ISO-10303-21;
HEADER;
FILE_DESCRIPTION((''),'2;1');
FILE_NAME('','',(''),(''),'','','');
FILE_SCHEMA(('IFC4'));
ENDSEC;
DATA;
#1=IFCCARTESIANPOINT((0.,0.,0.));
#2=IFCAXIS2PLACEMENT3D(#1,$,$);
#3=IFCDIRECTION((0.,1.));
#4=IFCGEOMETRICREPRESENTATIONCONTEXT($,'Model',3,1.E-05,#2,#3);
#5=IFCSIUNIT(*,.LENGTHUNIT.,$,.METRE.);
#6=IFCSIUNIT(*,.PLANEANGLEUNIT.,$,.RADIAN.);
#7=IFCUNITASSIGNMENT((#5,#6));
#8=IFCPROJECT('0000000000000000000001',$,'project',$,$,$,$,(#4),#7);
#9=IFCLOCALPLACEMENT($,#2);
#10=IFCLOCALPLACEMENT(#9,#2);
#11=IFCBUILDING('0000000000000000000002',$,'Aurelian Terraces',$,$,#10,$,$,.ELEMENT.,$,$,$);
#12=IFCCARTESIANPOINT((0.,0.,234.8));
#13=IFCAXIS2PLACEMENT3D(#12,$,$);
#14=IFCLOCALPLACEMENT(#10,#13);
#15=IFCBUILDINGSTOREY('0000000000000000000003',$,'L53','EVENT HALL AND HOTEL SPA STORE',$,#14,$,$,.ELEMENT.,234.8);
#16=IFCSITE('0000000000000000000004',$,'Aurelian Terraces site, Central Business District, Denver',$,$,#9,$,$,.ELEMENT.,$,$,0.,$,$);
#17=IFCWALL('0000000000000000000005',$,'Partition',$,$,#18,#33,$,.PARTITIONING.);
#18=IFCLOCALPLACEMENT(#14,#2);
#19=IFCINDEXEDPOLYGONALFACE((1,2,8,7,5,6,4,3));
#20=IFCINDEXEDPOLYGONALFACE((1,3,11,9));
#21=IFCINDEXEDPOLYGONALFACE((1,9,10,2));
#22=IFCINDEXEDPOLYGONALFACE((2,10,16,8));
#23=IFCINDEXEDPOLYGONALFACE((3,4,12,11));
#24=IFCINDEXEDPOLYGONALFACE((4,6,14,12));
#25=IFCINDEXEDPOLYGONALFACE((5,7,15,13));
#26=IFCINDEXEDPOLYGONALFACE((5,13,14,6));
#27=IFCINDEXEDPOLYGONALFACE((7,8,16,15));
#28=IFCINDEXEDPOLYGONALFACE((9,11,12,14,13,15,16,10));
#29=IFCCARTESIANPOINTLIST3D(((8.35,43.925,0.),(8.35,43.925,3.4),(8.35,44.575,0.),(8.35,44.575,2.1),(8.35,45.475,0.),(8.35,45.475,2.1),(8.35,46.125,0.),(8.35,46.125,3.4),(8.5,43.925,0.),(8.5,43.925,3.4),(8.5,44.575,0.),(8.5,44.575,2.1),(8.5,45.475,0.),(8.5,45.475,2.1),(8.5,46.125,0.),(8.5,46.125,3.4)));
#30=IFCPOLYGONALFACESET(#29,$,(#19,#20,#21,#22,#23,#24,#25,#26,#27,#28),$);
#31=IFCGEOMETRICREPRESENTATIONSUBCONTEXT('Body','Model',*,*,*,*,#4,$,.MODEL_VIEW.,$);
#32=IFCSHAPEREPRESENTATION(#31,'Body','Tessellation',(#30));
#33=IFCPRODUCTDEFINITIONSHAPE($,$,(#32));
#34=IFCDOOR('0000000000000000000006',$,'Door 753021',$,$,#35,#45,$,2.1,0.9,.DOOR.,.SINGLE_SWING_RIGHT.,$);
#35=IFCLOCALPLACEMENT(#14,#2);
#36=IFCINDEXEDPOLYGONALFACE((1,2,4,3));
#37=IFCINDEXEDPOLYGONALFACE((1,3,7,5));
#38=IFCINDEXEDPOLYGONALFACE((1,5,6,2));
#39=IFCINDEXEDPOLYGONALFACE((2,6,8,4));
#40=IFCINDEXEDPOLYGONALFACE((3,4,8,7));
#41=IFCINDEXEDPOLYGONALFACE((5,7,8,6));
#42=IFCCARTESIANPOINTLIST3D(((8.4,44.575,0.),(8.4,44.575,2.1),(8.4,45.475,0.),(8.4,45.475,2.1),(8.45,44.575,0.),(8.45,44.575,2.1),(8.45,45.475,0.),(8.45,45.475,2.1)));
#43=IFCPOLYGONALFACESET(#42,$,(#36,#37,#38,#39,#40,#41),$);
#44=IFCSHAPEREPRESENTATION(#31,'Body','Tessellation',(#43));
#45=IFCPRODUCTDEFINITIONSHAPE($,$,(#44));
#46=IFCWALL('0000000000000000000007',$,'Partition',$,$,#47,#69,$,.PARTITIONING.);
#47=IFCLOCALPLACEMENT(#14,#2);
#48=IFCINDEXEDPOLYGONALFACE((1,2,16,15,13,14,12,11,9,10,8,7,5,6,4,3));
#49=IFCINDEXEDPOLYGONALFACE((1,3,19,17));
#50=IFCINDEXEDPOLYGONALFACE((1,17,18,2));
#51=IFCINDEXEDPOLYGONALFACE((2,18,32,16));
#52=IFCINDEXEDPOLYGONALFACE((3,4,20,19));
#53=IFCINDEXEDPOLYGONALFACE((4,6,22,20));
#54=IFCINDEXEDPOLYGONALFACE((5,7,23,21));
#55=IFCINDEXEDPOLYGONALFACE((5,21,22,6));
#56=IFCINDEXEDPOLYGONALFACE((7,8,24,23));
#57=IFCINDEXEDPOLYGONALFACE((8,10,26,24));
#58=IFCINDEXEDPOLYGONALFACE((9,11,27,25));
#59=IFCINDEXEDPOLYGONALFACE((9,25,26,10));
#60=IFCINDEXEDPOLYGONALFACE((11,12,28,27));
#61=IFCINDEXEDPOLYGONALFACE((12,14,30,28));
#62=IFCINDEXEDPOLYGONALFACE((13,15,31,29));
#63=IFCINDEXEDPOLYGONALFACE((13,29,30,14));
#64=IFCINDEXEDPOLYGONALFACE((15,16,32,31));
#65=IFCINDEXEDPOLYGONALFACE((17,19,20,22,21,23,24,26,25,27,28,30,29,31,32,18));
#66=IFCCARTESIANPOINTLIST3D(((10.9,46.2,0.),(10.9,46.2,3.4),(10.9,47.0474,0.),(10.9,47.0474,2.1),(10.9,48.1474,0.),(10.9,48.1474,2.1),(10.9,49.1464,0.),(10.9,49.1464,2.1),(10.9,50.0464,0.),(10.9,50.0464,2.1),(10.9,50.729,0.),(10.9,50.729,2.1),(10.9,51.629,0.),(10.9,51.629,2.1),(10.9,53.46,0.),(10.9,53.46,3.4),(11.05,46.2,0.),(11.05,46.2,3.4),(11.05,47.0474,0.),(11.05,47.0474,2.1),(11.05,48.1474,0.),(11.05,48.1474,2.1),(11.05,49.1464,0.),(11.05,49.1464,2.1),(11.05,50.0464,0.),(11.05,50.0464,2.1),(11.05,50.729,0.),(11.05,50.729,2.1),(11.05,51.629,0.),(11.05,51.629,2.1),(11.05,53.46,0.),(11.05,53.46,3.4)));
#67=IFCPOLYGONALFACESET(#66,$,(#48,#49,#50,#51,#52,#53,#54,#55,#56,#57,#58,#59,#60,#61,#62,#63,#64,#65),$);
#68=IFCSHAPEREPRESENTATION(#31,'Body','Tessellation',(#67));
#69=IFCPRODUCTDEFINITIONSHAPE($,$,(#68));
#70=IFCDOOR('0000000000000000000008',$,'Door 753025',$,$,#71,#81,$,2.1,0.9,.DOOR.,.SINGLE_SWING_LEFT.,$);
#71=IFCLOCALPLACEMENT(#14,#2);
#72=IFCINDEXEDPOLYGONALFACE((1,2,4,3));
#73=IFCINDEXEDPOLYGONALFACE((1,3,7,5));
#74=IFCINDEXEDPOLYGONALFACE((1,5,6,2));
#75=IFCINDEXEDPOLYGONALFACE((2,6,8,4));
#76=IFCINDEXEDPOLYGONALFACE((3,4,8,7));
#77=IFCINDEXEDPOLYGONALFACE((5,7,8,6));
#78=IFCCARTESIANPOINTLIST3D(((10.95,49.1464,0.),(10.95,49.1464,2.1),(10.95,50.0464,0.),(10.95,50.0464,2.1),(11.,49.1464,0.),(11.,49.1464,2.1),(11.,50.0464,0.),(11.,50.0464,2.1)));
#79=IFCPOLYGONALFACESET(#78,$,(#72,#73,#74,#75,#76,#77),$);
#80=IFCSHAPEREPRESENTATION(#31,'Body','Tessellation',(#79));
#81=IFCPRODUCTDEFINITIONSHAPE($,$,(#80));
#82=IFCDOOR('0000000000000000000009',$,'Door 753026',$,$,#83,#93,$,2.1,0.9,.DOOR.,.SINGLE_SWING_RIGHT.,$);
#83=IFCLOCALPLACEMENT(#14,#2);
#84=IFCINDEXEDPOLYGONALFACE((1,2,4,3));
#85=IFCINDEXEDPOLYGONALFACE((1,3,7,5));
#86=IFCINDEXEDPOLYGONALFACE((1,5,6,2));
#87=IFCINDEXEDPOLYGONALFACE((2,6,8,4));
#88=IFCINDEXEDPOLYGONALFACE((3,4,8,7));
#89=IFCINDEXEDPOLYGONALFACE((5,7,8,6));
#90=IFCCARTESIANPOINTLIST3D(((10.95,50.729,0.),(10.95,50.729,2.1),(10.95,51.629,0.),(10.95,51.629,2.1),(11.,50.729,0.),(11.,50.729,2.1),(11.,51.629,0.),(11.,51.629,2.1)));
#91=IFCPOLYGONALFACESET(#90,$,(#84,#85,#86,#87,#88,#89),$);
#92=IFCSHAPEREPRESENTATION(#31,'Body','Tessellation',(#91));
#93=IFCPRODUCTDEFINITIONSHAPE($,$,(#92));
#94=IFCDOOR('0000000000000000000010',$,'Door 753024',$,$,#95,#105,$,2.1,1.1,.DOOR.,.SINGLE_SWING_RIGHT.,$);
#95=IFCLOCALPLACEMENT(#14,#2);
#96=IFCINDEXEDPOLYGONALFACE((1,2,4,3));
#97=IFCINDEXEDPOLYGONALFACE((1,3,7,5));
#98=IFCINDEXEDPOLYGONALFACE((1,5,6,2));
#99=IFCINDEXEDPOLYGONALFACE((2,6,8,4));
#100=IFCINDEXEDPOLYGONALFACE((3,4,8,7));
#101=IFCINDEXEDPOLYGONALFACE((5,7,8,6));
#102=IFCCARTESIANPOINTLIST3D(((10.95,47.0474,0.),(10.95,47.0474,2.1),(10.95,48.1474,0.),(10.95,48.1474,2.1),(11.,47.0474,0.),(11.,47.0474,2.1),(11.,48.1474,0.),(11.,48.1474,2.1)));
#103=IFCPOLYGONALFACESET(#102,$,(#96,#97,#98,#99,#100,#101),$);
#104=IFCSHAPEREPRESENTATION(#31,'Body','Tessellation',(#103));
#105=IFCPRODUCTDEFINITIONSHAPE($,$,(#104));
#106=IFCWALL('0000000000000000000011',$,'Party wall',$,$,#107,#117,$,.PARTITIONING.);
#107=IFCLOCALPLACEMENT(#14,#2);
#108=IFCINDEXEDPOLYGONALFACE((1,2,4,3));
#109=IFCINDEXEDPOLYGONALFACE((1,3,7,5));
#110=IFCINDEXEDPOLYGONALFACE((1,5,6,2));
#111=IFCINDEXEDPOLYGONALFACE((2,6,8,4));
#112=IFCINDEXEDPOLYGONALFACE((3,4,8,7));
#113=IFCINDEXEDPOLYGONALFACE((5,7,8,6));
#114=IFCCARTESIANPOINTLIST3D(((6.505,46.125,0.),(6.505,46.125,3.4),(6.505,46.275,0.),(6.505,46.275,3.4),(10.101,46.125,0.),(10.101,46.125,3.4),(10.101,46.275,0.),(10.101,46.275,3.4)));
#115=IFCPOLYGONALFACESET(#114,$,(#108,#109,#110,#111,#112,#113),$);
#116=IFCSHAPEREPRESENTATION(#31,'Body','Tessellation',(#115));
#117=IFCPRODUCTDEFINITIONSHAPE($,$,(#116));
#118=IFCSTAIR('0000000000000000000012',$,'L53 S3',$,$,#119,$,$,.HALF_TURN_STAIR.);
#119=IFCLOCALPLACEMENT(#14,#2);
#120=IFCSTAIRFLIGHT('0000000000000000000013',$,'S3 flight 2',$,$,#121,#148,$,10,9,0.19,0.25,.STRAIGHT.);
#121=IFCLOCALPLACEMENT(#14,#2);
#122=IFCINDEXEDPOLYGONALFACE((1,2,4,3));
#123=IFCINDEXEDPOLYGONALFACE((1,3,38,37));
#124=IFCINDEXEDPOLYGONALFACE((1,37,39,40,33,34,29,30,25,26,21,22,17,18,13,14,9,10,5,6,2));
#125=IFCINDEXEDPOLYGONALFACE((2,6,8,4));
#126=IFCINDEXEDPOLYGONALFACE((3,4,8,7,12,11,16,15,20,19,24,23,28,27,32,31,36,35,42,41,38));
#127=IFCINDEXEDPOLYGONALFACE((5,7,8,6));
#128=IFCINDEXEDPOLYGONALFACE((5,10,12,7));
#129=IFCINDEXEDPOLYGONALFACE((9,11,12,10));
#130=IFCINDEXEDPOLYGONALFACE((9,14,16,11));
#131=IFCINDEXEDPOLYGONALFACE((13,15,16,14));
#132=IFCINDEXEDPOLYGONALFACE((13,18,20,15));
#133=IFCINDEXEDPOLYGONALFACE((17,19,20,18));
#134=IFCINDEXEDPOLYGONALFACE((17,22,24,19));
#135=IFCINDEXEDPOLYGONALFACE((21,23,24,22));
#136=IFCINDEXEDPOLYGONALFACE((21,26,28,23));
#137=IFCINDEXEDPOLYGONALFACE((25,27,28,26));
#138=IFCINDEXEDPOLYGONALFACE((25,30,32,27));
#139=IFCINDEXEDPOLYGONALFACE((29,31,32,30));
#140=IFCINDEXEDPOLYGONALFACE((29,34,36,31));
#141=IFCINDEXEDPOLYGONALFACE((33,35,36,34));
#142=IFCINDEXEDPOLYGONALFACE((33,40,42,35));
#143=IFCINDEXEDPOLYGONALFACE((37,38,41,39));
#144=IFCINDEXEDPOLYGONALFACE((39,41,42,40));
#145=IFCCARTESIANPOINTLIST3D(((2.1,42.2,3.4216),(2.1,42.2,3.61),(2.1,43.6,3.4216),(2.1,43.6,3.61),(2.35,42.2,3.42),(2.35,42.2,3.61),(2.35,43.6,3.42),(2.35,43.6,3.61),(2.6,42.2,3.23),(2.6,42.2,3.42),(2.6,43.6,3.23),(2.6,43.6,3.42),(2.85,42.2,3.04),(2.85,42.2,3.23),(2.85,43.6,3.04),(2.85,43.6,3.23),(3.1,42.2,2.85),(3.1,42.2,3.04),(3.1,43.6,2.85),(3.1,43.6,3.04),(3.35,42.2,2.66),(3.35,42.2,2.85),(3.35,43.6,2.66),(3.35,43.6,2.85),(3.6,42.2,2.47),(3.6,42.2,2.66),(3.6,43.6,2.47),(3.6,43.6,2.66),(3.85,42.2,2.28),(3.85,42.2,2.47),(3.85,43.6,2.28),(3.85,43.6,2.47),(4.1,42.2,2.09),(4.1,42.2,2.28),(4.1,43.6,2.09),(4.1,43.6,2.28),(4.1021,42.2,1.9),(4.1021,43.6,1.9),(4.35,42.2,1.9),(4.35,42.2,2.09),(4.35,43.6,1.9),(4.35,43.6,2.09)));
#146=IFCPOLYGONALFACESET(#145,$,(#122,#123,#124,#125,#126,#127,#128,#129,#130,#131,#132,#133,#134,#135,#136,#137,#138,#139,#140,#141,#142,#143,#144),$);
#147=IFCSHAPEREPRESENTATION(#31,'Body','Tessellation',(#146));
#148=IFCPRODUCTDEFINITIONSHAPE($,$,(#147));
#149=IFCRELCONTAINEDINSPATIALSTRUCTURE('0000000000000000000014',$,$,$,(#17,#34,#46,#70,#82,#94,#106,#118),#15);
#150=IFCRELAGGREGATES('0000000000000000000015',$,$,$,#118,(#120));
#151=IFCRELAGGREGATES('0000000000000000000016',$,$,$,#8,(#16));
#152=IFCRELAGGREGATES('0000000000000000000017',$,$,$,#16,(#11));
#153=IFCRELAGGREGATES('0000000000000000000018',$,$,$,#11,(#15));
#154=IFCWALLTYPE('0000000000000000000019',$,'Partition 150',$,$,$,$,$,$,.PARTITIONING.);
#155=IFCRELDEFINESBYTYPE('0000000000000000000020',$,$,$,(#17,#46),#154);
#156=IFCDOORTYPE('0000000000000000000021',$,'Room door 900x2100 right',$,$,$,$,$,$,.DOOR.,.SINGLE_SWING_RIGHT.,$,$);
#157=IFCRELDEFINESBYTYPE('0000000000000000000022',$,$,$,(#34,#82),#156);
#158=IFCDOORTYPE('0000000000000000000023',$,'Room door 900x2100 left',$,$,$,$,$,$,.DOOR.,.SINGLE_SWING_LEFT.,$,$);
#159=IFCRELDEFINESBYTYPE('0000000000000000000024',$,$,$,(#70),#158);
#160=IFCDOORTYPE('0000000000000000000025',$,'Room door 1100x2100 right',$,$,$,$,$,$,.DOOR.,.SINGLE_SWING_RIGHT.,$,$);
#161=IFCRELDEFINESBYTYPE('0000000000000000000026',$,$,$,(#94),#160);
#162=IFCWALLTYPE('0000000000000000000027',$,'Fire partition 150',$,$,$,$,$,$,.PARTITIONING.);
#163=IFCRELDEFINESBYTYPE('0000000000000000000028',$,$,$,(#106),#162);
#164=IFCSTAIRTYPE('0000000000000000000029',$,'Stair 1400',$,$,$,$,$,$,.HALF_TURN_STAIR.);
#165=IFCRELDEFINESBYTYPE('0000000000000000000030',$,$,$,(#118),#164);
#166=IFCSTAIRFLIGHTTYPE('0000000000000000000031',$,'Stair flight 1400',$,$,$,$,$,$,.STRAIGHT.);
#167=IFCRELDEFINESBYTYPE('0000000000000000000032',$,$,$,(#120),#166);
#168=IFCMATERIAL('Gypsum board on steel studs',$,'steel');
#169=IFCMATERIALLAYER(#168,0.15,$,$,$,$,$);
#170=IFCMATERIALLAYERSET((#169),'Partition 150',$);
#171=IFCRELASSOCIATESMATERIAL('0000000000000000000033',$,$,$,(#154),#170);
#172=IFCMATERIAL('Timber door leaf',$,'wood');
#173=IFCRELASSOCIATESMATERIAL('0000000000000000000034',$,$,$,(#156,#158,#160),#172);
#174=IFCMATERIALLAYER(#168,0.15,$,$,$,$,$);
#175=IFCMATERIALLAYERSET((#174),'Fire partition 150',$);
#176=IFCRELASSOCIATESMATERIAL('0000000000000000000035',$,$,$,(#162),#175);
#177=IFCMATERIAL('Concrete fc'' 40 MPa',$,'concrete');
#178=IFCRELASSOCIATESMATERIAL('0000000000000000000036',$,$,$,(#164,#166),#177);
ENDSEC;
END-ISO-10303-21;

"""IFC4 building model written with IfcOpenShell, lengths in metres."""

from ifc_helpers import new_model, si_unit, direction, frame, frame_2d, origin, place, context, subcontext, project, spatial, polyline, rectangle, outline, extrude, source, transform, mapped, material, layer, layer_set, type_object, element, fill, aggregate, save


model = new_model("IFC4")

# Units and contexts
model_context = context("Model", 3, precision=1e-05, world=origin(), true_north=direction((0.0, 1.0)))
body_context = subcontext(model_context, "Body", "Model", "MODEL_VIEW")
ifc_project = project(units=[si_unit("LENGTHUNIT", "METRE"), si_unit("PLANEANGLEUNIT", "RADIAN")], contexts=[model_context])

# Site, building, storey
site_placement = place(None, origin())
site = spatial("IfcSite", under=ifc_project, at=site_placement, Name="Aurelian Terraces site, Central Business District, Denver", CompositionType="ELEMENT", RefElevation=0.0)
building_placement = place(site_placement, origin())
building = spatial("IfcBuilding", under=site, at=building_placement, Name="Aurelian Terraces", CompositionType="ELEMENT")
storey_placement = place(building_placement, frame((0.0, 0.0, 234.8)))
storey = spatial("IfcBuildingStorey", under=building, at=storey_placement, Name="L53", Description="EVENT HALL AND HOTEL SPA STORE", CompositionType="ELEMENT", Elevation=234.8)

# Shared definitions
ifc_material_1 = material(Name="Concrete fc' 40 MPa", Category="concrete")

# Shared definitions
ifc_material_2 = material(Name="Gypsum board on steel studs", Category="steel")
ifc_layer_1 = layer(ifc_material_2, 0.15)
ifc_layer_set_1 = layer_set([ifc_layer_1], Name="Partition 150")
wall_type_1 = type_object("IfcWallType", Name="Partition 150", PredefinedType="PARTITIONING", material=ifc_layer_set_1)

# Wall, opening, door
shared_shape_1 = source(origin(), body_context, "Body", "SweptSolid", [
    extrude(rectangle(XDim=2.2, YDim=0.15, at=frame_2d((1.1, 0.0))), origin(), (0.0, 0.0, 1.0), 3.4),
])
wall_1_placement = place(storey_placement, frame((8.425, 43.925, 0.0), z_axis=(0.0, 0.0, 1.0), x_axis=(0.0, 1.0, 0.0)))
wall_1 = element("IfcWall", 1, at=wall_1_placement, inside=storey, type_object=wall_type_1, Name="Partition", PredefinedType="PARTITIONING", context=body_context, shape_type="MappedRepresentation", body=[
    mapped(shared_shape_1, transform((0.0, 0.0, 0.0), scale=1.0)),
])
shared_shape_2 = source(origin(), body_context, "Body", "SweptSolid", [
    extrude(rectangle(XDim=0.9, YDim=2.1, at=frame_2d((0.45, 1.05))), frame((0.0, 0.085, 0.0), z_axis=(0.0, -1.0, 0.0), x_axis=(1.0, 0.0, 0.0)), (0.0, 0.0, 1.0), 0.17),
])
opening_1_placement = place(wall_1_placement, frame((0.65, 0.0, 0.0)))
opening_1 = element("IfcOpeningElement", 2, at=opening_1_placement, cuts=wall_1, PredefinedType="OPENING", context=body_context, shape_type="MappedRepresentation", body=[
    mapped(shared_shape_2, transform((0.0, 0.0, 0.0), scale=1.0)),
])
ifc_material_3 = material(Name="Timber door leaf", Category="wood")
door_type_1 = type_object("IfcDoorType", Name="Room door 900x2100 right", OperationType="SINGLE_SWING_RIGHT", PredefinedType="DOOR", material=ifc_material_3)
shared_shape_3 = source(origin(), body_context, "Body", "SweptSolid", [
    extrude(rectangle(XDim=0.9, YDim=2.1, at=frame_2d((0.45, 1.05))), frame((0.0, 0.025, 0.0), z_axis=(0.0, -1.0, 0.0), x_axis=(1.0, 0.0, 0.0)), (0.0, 0.0, 1.0), 0.05),
])
door_1_placement = place(opening_1_placement, origin())
door_1 = element("IfcDoor", 3, at=door_1_placement, inside=storey, type_object=door_type_1, Name="Door 753021", OperationType="SINGLE_SWING_RIGHT", OverallHeight=2.1, OverallWidth=0.9, PredefinedType="DOOR", context=body_context, shape_type="MappedRepresentation", body=[
    mapped(shared_shape_3, transform((0.0, 0.0, 0.0), scale=1.0)),
])
fill(opening_1, door_1)

# Wall, openings, doors
shared_shape_4 = source(origin(), body_context, "Body", "SweptSolid", [
    extrude(rectangle(XDim=7.26, YDim=0.15, at=frame_2d((3.63, 0.0))), origin(), (0.0, 0.0, 1.0), 3.4),
])
wall_2_placement = place(storey_placement, frame((10.975, 46.2, 0.0), z_axis=(0.0, 0.0, 1.0), x_axis=(0.0, 1.0, 0.0)))
wall_2 = element("IfcWall", 4, at=wall_2_placement, inside=storey, type_object=wall_type_1, Name="Partition", PredefinedType="PARTITIONING", context=body_context, shape_type="MappedRepresentation", body=[
    mapped(shared_shape_4, transform((0.0, 0.0, 0.0), scale=1.0)),
])
shared_shape_5 = source(origin(), body_context, "Body", "SweptSolid", [
    extrude(rectangle(XDim=1.1, YDim=2.1, at=frame_2d((0.55, 1.05))), frame((0.0, 0.085, 0.0), z_axis=(0.0, -1.0, 0.0), x_axis=(1.0, 0.0, 0.0)), (0.0, 0.0, 1.0), 0.17),
])
opening_2_placement = place(wall_2_placement, frame((0.8474, 0.0, 0.0)))
opening_2 = element("IfcOpeningElement", 5, at=opening_2_placement, cuts=wall_2, PredefinedType="OPENING", context=body_context, shape_type="MappedRepresentation", body=[
    mapped(shared_shape_5, transform((0.0, 0.0, 0.0), scale=1.0)),
])
opening_3_placement = place(wall_2_placement, frame((2.9464, 0.0, 0.0)))
opening_3 = element("IfcOpeningElement", 6, at=opening_3_placement, cuts=wall_2, PredefinedType="OPENING", context=body_context, shape_type="MappedRepresentation", body=[
    mapped(shared_shape_2, transform((0.0, 0.0, 0.0), scale=1.0)),
])
opening_4_placement = place(wall_2_placement, frame((4.529, 0.0, 0.0)))
opening_4 = element("IfcOpeningElement", 7, at=opening_4_placement, cuts=wall_2, PredefinedType="OPENING", context=body_context, shape_type="MappedRepresentation", body=[
    mapped(shared_shape_2, transform((0.0, 0.0, 0.0), scale=1.0)),
])
door_type_2 = type_object("IfcDoorType", Name="Room door 900x2100 left", OperationType="SINGLE_SWING_LEFT", PredefinedType="DOOR", material=ifc_material_3)
door_2_placement = place(opening_3_placement, origin())
door_2 = element("IfcDoor", 8, at=door_2_placement, inside=storey, type_object=door_type_2, Name="Door 753025", OperationType="SINGLE_SWING_LEFT", OverallHeight=2.1, OverallWidth=0.9, PredefinedType="DOOR", context=body_context, shape_type="MappedRepresentation", body=[
    mapped(shared_shape_3, transform((0.0, 0.0, 0.0), scale=1.0)),
])
fill(opening_3, door_2)
door_3_placement = place(opening_4_placement, origin())
door_3 = element("IfcDoor", 9, at=door_3_placement, inside=storey, type_object=door_type_1, Name="Door 753026", OperationType="SINGLE_SWING_RIGHT", OverallHeight=2.1, OverallWidth=0.9, PredefinedType="DOOR", context=body_context, shape_type="MappedRepresentation", body=[
    mapped(shared_shape_3, transform((0.0, 0.0, 0.0), scale=1.0)),
])
fill(opening_4, door_3)
door_type_3 = type_object("IfcDoorType", Name="Room door 1100x2100 right", OperationType="SINGLE_SWING_RIGHT", PredefinedType="DOOR", material=ifc_material_3)
shared_shape_6 = source(origin(), body_context, "Body", "SweptSolid", [
    extrude(rectangle(XDim=1.1, YDim=2.1, at=frame_2d((0.55, 1.05))), frame((0.0, 0.025, 0.0), z_axis=(0.0, -1.0, 0.0), x_axis=(1.0, 0.0, 0.0)), (0.0, 0.0, 1.0), 0.05),
])
door_4_placement = place(opening_2_placement, origin())
door_4 = element("IfcDoor", 10, at=door_4_placement, inside=storey, type_object=door_type_3, Name="Door 753024", OperationType="SINGLE_SWING_RIGHT", OverallHeight=2.1, OverallWidth=1.1, PredefinedType="DOOR", context=body_context, shape_type="MappedRepresentation", body=[
    mapped(shared_shape_6, transform((0.0, 0.0, 0.0), scale=1.0)),
])
fill(opening_2, door_4)

# Wall
ifc_layer_2 = layer(ifc_material_2, 0.15)
ifc_layer_set_2 = layer_set([ifc_layer_2], Name="Fire partition 150")
wall_type_2 = type_object("IfcWallType", Name="Fire partition 150", PredefinedType="PARTITIONING", material=ifc_layer_set_2)
shared_shape_7 = source(origin(), body_context, "Body", "SweptSolid", [
    extrude(rectangle(XDim=3.596, YDim=0.15, at=frame_2d((1.798, 0.0))), origin(), (0.0, 0.0, 1.0), 3.4),
])
wall_3_placement = place(storey_placement, frame((10.101, 46.2, 0.0), z_axis=(0.0, 0.0, 1.0), x_axis=(-1.0, 0.0, 0.0)))
element("IfcWall", 11, at=wall_3_placement, inside=storey, type_object=wall_type_2, Name="Party wall", PredefinedType="PARTITIONING", context=body_context, shape_type="MappedRepresentation", body=[
    mapped(shared_shape_7, transform((0.0, 0.0, 0.0), scale=1.0)),
])

# Stair, stair flight
stair_type = type_object("IfcStairType", Name="Stair 1400", PredefinedType="HALF_TURN_STAIR", material=ifc_material_1)
stair_placement = place(storey_placement, origin())
stair = element("IfcStair", 12, at=stair_placement, inside=storey, type_object=stair_type, Name="L53 S3", PredefinedType="HALF_TURN_STAIR")
stair_flight_type = type_object("IfcStairFlightType", Name="Stair flight 1400", PredefinedType="STRAIGHT", material=ifc_material_1)
shared_shape_8 = source(origin(), body_context, "Body", "SweptSolid", [
    extrude(outline(polyline([(0.0, 0.0), (0.0, 0.19), (0.25, 0.19), (0.25, 0.38), (0.5, 0.38), (0.5, 0.57), (0.75, 0.57), (0.75, 0.76), (1.0, 0.76), (1.0, 0.95), (1.25, 0.95), (1.25, 1.14), (1.5, 1.14), (1.5, 1.33), (1.75, 1.33), (1.75, 1.52), (2.0, 1.52), (2.0, 1.71), (2.25, 1.71), (2.25, 1.9), (2.25, 1.5216), (0.2479, 0.0), (0.0, 0.0)])), frame((0.0, 0.7, 0.0), z_axis=(0.0, -1.0, 0.0), x_axis=(1.0, 0.0, 0.0)), (0.0, 0.0, 1.0), 1.4),
])
stair_flight_placement = place(storey_placement, frame((4.35, 42.9, 1.9), z_axis=(0.0, 0.0, 1.0), x_axis=(-1.0, 0.0, 0.0)))
stair_flight = element("IfcStairFlight", 13, at=stair_flight_placement, type_object=stair_flight_type, Name="S3 flight 2", NumberOfRisers=10, NumberOfTreads=9, PredefinedType="STRAIGHT", RiserHeight=0.19, TreadLength=0.25, context=body_context, shape_type="MappedRepresentation", body=[
    mapped(shared_shape_8, transform((0.0, 0.0, 0.0), scale=1.0)),
])
aggregate(stair, [stair_flight])

save(model, "model.ifc")
